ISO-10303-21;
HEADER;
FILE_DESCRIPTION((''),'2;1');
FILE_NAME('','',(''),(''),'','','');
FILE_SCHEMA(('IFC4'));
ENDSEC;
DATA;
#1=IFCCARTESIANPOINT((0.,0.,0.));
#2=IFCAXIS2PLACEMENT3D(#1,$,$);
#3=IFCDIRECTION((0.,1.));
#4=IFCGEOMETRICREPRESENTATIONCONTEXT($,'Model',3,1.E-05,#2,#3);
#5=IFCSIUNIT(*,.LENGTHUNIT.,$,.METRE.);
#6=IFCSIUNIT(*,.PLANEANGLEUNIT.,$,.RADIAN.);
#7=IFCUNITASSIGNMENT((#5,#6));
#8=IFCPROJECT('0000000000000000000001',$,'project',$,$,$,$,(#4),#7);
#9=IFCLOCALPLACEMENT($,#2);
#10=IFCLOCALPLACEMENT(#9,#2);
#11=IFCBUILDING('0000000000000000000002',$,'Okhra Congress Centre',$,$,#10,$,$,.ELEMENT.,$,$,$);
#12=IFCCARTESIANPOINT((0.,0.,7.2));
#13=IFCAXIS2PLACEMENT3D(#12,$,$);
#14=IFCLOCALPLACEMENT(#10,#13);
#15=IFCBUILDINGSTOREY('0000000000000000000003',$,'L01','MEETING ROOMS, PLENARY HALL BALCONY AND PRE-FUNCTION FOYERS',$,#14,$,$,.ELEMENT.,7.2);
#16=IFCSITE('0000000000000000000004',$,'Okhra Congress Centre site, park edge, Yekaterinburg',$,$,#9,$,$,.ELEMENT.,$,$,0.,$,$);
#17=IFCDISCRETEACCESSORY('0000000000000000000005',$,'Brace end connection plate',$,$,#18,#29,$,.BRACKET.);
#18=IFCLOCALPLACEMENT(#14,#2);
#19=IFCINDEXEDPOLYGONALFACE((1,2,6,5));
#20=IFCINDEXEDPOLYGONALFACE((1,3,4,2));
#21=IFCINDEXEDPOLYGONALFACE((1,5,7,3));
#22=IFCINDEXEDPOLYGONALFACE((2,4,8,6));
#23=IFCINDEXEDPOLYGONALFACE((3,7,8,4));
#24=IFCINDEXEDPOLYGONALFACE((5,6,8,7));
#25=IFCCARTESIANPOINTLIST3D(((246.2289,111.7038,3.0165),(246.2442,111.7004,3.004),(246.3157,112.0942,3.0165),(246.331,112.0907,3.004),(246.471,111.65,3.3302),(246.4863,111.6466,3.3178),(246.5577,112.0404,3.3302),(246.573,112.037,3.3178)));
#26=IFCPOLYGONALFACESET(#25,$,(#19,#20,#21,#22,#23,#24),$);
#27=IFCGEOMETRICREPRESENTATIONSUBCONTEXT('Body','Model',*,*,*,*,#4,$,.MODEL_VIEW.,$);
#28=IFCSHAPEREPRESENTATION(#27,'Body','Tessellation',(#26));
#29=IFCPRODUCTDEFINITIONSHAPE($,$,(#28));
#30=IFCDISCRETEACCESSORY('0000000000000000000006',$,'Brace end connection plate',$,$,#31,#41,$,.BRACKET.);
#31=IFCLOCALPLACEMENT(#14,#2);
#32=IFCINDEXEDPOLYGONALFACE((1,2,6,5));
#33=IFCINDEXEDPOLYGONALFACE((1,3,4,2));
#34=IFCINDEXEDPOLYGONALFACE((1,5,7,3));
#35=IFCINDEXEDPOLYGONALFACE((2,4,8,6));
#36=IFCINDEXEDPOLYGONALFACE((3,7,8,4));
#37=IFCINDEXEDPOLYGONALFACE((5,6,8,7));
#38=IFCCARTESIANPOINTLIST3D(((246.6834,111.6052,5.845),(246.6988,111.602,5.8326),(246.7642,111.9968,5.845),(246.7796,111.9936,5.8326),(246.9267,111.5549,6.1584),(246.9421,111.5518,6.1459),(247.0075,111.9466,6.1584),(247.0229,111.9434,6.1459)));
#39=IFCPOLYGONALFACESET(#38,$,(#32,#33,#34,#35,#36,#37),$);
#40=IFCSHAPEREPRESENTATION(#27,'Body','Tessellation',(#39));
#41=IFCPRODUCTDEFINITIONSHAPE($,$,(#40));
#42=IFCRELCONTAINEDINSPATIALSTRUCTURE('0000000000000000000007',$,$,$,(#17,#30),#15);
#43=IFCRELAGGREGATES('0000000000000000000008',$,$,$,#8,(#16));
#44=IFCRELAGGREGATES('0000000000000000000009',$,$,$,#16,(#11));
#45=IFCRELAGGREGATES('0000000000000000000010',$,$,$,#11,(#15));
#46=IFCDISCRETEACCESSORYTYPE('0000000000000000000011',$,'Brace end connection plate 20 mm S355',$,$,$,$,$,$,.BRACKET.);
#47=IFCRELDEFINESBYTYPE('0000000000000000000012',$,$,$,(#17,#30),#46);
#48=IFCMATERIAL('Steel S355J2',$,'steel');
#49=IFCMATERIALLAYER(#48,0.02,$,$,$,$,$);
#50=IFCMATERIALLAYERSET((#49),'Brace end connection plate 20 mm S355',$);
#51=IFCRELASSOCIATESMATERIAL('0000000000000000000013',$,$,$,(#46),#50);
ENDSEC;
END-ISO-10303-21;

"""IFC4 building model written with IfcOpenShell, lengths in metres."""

from ifc_helpers import new_model, si_unit, direction, frame, origin, origin_2d, place, context, subcontext, project, spatial, rectangle, extrude, material, layer, layer_set, type_object, element, save


model = new_model("IFC4")

# Units and contexts
model_context = context("Model", 3, precision=1e-05, world=origin(), true_north=direction((0.0, 1.0)))
body_context = subcontext(model_context, "Body", "Model", "MODEL_VIEW")
ifc_project = project(units=[si_unit("LENGTHUNIT", "METRE"), si_unit("PLANEANGLEUNIT", "RADIAN")], contexts=[model_context])

# Site, building, storey
site_placement = place(None, origin())
site = spatial("IfcSite", under=ifc_project, at=site_placement, Name="Okhra Congress Centre site, park edge, Yekaterinburg", CompositionType="ELEMENT", RefElevation=0.0)
building_placement = place(site_placement, origin())
building = spatial("IfcBuilding", under=site, at=building_placement, Name="Okhra Congress Centre", CompositionType="ELEMENT")
storey_placement = place(building_placement, frame((0.0, 0.0, 7.2)))
storey = spatial("IfcBuildingStorey", under=building, at=storey_placement, Name="L01", Description="MEETING ROOMS, PLENARY HALL BALCONY AND PRE-FUNCTION FOYERS", CompositionType="ELEMENT", Elevation=7.2)

# Shared definitions
ifc_material = material(Name="Steel S355J2", Category="steel")

# Discrete accessories
ifc_layer = layer(ifc_material, 0.02)
ifc_layer_set = layer_set([ifc_layer], Name="Brace end connection plate 20 mm S355")
discrete_accessory_type = type_object("IfcDiscreteAccessoryType", Name="Brace end connection plate 20 mm S355", PredefinedType="BRACKET", material=ifc_layer_set)
for number, where, z_axis, x_axis, name in (
    (1, (246.3933, 111.8721, 3.1733), (0.765904, -0.170201, -0.620018), (0.21693, 0.976187, 0.0), "Brace end connection plate"),
    (2, (246.8608, 111.7727, 5.9893), (-0.767437, 0.15836, 0.621259), (-0.202092, -0.979367, 0.0), "Brace end connection plate"),
):
    element("IfcDiscreteAccessory", number, at=place(storey_placement, frame(where, z_axis=z_axis, x_axis=x_axis)), inside=storey, type_object=discrete_accessory_type, Name=name, PredefinedType="BRACKET", context=body_context, shape_type="SweptSolid", body=[
        extrude(rectangle(XDim=0.3999, YDim=0.3999, at=origin_2d()), origin(), (0.0, 0.0, 1.0), 0.02),
    ])

save(model, "model.ifc")
